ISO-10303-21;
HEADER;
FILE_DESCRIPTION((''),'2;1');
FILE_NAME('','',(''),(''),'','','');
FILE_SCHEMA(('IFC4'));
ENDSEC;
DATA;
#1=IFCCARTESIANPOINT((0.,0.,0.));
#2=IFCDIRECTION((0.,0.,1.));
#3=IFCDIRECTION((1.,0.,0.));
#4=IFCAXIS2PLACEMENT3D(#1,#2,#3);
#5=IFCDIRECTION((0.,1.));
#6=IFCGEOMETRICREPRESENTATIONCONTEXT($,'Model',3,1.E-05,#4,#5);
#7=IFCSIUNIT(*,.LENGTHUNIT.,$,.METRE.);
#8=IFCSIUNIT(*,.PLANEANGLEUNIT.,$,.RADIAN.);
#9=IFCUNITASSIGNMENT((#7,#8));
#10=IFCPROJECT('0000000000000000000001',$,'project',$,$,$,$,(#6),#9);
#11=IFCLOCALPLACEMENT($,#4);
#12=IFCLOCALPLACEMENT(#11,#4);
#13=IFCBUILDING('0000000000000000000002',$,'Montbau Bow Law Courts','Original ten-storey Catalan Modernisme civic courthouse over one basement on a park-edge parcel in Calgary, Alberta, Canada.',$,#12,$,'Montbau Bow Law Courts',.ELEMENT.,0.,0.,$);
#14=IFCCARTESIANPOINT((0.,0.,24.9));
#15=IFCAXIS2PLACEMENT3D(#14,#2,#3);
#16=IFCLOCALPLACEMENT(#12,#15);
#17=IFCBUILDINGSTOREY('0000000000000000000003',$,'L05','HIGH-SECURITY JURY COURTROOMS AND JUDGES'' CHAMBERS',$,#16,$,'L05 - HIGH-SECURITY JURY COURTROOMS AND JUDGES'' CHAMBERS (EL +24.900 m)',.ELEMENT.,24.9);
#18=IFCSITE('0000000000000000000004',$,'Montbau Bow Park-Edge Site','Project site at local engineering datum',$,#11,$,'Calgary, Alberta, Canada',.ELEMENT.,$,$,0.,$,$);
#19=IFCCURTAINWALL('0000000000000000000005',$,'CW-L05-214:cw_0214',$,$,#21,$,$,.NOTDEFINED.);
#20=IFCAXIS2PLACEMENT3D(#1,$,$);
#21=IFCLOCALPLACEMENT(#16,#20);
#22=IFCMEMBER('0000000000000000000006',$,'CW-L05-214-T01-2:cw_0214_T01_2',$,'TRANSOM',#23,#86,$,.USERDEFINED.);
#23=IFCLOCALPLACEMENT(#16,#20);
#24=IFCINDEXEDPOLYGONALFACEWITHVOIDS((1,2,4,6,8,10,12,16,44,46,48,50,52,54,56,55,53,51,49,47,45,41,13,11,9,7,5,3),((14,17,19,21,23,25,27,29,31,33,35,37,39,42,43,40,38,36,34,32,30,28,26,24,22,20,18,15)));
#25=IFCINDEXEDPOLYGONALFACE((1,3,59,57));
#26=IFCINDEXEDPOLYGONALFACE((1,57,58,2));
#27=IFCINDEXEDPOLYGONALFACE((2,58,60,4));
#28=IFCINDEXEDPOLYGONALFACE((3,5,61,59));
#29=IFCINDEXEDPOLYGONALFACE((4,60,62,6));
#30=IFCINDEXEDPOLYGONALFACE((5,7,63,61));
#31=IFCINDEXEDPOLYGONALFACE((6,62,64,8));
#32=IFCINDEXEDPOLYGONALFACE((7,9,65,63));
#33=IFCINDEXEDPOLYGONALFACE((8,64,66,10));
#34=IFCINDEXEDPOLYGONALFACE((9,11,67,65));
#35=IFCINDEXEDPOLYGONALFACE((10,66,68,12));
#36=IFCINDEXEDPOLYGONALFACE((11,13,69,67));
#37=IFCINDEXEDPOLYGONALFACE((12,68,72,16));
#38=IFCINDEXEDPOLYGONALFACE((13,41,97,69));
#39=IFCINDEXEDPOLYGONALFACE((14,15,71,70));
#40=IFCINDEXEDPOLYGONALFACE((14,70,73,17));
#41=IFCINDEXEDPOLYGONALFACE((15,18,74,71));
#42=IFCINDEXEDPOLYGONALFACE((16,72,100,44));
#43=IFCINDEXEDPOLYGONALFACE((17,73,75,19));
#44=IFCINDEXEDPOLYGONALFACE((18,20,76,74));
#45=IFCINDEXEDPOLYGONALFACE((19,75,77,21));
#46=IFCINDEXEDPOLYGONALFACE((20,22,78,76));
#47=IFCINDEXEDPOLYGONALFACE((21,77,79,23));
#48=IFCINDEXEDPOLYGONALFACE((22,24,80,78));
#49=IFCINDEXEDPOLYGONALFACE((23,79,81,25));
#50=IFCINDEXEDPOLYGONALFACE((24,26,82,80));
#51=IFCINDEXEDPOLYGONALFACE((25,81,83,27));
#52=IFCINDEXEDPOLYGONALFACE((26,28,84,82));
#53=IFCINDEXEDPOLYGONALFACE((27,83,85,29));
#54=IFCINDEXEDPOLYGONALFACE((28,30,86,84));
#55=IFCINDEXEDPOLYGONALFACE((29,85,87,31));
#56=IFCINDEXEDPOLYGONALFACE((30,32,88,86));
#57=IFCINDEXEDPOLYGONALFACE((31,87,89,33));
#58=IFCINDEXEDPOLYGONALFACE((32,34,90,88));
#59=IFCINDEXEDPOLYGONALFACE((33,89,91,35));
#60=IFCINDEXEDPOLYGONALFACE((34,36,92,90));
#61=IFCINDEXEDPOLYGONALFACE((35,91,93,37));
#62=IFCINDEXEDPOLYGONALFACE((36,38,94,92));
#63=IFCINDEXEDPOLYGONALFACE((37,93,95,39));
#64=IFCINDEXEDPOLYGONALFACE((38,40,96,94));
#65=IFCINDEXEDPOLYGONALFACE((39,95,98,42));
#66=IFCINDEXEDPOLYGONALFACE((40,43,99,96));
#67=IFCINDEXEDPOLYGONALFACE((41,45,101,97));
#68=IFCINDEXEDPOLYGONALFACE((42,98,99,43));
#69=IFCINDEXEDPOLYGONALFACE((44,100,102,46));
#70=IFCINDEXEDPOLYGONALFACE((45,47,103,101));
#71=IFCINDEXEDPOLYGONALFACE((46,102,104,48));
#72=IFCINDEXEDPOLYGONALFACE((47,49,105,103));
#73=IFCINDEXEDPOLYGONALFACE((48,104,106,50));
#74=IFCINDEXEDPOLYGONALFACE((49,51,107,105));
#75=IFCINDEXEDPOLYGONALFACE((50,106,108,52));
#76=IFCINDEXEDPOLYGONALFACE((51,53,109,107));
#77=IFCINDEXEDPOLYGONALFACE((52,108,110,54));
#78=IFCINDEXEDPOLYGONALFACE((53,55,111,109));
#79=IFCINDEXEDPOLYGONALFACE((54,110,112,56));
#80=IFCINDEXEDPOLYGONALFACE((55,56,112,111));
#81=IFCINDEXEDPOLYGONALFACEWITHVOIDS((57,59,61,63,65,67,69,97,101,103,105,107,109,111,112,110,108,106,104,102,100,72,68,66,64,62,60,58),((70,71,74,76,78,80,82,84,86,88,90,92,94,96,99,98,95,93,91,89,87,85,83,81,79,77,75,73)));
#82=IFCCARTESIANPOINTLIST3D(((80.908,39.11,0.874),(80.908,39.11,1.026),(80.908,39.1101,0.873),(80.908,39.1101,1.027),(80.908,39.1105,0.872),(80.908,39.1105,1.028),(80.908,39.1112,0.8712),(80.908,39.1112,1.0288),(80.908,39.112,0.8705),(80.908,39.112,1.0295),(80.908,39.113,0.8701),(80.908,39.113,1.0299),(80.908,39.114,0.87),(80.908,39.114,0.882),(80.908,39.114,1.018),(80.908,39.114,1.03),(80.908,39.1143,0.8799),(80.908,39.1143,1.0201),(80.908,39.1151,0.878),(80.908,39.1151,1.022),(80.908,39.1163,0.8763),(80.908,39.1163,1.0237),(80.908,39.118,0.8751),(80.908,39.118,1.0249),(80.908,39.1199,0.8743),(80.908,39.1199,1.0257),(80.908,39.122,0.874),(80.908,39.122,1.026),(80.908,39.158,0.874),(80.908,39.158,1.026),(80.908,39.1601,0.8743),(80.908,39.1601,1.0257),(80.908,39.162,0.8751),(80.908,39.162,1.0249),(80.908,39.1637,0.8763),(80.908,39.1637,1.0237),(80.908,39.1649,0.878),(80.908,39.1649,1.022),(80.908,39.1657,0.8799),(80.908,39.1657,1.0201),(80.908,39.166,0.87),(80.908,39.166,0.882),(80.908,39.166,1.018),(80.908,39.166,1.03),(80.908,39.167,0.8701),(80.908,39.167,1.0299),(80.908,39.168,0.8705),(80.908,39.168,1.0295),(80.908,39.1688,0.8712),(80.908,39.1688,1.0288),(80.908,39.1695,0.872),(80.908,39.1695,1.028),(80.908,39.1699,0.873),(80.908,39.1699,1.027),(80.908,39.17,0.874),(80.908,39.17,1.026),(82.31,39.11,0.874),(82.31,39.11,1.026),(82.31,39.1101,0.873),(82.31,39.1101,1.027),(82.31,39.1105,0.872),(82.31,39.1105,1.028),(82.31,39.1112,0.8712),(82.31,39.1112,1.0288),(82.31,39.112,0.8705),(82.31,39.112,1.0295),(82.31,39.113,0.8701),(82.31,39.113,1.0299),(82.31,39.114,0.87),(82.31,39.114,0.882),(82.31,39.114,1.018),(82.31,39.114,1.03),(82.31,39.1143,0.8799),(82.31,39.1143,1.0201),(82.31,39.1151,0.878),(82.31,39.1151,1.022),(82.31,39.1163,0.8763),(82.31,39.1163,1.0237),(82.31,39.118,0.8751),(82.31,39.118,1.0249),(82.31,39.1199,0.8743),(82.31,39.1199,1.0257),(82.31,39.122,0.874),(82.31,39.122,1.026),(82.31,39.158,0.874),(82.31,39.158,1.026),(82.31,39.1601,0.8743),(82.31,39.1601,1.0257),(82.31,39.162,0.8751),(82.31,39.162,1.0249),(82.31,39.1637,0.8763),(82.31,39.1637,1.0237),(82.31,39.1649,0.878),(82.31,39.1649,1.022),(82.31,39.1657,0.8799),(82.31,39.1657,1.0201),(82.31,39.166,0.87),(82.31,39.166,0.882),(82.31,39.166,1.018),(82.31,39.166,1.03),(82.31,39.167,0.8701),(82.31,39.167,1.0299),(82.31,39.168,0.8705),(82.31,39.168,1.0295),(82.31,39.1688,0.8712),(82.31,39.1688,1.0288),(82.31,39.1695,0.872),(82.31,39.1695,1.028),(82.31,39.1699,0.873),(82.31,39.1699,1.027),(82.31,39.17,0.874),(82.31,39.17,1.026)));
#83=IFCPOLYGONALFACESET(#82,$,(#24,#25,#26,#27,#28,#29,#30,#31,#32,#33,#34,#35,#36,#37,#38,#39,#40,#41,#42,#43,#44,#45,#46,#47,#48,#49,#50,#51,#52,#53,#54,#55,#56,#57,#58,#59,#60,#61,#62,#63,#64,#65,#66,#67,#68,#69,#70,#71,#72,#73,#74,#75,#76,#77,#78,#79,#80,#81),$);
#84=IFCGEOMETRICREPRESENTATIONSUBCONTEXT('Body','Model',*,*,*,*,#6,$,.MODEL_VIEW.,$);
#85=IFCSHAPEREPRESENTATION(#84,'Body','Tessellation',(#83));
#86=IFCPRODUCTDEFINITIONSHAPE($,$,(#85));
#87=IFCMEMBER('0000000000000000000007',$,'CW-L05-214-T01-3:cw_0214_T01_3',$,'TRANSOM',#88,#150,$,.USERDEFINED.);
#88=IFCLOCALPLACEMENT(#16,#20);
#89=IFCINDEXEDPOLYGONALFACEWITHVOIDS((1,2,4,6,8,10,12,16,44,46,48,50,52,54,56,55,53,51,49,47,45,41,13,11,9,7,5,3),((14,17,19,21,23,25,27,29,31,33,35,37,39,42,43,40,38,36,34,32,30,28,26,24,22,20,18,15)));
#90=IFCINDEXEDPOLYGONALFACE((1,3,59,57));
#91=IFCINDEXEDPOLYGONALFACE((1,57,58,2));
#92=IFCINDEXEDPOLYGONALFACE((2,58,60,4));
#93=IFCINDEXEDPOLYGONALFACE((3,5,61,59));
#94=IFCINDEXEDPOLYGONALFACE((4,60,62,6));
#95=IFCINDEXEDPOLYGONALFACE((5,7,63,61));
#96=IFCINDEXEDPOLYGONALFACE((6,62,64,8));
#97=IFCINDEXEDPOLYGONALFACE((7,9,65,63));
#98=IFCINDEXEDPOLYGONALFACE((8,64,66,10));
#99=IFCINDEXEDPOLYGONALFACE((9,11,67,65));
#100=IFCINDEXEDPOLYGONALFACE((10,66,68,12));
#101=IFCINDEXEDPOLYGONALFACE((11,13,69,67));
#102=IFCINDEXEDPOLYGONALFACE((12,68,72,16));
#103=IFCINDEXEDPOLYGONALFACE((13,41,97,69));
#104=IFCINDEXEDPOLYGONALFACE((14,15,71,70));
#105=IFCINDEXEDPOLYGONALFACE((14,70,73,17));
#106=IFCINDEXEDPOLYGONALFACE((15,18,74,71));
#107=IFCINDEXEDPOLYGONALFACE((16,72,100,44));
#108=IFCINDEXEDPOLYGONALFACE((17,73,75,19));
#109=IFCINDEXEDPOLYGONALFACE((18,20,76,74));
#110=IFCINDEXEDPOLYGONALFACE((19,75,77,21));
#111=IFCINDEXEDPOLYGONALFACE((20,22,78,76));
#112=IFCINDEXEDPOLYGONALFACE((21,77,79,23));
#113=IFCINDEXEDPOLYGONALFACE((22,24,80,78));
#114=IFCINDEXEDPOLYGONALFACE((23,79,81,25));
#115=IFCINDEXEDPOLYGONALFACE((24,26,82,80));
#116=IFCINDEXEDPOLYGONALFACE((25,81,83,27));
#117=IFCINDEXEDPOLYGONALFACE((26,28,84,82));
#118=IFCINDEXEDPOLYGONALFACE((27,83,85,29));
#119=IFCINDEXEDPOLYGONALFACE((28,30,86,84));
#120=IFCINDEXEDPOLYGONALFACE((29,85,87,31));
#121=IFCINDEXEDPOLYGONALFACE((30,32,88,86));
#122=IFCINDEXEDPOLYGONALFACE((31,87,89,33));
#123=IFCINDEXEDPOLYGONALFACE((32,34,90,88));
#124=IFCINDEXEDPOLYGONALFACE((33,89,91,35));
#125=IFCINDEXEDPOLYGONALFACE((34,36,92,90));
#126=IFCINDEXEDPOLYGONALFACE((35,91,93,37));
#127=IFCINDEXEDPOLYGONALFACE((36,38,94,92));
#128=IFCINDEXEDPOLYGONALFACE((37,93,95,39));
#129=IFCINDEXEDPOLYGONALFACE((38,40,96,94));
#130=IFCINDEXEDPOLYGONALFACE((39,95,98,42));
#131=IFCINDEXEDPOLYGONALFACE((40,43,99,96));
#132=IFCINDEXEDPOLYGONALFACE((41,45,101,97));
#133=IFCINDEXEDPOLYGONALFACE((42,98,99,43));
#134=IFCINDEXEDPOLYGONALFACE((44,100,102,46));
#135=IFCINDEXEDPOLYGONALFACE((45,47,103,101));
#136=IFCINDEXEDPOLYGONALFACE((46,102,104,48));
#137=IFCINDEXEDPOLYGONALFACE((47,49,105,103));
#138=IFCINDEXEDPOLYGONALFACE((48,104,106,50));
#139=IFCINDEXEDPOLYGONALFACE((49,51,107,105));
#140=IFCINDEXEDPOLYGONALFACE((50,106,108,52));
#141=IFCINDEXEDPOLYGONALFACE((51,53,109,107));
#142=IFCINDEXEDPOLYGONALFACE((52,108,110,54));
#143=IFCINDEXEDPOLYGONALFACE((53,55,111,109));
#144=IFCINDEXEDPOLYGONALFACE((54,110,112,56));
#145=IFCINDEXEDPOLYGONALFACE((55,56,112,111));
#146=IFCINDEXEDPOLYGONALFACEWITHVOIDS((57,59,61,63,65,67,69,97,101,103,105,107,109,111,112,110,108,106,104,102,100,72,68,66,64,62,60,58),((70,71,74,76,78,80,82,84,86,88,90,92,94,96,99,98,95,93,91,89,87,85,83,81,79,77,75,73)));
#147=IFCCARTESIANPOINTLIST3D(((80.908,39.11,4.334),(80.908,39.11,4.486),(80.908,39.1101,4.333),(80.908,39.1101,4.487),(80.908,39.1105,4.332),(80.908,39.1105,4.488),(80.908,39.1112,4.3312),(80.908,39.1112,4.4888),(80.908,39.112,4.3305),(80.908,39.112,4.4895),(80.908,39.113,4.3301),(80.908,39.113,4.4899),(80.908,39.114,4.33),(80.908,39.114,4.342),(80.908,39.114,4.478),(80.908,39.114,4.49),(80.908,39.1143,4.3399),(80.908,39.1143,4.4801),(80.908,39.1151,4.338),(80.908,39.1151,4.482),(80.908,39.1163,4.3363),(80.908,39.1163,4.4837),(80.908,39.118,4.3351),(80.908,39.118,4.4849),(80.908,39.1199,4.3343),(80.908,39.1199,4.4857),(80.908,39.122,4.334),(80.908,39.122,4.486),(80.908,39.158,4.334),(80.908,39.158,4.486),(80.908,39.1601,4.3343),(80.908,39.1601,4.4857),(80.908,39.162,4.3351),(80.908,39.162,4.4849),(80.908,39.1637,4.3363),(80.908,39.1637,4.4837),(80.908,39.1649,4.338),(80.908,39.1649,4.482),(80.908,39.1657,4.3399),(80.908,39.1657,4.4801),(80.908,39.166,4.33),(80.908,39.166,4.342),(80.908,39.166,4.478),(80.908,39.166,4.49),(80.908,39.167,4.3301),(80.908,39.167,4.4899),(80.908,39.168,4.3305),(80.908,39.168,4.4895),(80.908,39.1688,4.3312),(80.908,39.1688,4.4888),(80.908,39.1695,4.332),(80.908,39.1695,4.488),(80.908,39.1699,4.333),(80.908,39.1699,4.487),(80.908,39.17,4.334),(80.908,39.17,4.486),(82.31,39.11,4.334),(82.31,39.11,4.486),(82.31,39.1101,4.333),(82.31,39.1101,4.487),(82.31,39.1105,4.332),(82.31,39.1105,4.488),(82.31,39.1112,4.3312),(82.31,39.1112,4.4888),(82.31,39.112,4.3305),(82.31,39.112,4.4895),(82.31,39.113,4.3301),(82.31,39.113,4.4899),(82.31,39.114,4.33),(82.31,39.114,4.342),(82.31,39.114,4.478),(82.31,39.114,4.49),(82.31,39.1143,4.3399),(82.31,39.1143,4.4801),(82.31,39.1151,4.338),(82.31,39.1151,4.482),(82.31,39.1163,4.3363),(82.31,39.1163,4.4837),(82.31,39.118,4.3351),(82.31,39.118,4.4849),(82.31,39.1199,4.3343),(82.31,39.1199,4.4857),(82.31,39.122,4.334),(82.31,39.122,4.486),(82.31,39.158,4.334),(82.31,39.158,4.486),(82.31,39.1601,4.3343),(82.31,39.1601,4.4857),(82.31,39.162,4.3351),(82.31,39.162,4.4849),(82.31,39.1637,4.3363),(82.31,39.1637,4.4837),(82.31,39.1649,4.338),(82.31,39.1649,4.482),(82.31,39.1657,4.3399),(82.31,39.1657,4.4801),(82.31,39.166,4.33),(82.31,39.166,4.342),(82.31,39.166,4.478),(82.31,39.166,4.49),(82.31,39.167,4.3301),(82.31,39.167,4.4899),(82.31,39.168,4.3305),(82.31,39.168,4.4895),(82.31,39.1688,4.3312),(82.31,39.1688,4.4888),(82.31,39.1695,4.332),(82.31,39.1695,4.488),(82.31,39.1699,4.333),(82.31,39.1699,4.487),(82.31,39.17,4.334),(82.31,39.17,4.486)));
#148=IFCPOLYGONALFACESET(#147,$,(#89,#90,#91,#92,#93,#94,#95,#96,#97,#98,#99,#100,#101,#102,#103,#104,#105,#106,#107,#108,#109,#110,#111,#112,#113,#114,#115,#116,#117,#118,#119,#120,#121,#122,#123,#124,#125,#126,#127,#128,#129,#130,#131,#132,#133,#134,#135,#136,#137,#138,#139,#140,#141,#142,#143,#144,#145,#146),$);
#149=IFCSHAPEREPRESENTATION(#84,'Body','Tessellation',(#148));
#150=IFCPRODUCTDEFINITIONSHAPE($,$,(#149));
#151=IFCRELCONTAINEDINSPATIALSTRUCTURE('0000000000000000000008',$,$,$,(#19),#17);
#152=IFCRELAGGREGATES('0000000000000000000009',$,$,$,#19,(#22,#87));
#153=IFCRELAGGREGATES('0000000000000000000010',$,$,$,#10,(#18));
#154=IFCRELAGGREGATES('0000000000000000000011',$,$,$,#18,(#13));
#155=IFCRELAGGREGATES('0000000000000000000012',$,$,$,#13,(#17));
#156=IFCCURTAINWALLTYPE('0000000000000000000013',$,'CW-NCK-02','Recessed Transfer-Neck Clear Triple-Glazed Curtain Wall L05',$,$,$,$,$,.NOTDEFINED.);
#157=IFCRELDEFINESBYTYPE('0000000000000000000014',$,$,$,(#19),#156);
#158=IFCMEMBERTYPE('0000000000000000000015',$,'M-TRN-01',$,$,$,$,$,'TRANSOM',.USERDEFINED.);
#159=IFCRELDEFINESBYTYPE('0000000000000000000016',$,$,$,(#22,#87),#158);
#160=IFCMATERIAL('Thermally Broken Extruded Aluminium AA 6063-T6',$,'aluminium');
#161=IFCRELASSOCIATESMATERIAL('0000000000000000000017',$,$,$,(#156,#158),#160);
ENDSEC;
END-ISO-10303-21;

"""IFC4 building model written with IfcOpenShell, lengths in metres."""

from ifc_helpers import new_model, si_unit, direction, frame, origin_with_axes, origin_2d_with_axis, place, context, subcontext, project, spatial, hollow_rectangle, extrude, material, material_profile, profile_set, type_object, element, aggregate, save


model = new_model("IFC4")

# Units and contexts
model_context = context("Model", 3, precision=1e-05, world=origin_with_axes(), true_north=direction((0.0, 1.0)))
body_context = subcontext(model_context, "Body", "Model", "MODEL_VIEW")
ifc_project = project(units=[si_unit("LENGTHUNIT", "METRE"), si_unit("PLANEANGLEUNIT", "RADIAN")], contexts=[model_context])

# Site, building, storey
site_placement = place(None, origin_with_axes())
site = spatial("IfcSite", under=ifc_project, at=site_placement, Name="Montbau Bow Park-Edge Site", Description="Project site at local engineering datum", LongName="Calgary, Alberta, Canada", CompositionType="ELEMENT", RefElevation=0.0)
building_placement = place(site_placement, origin_with_axes())
building = spatial("IfcBuilding", under=site, at=building_placement, Name="Montbau Bow Law Courts", Description="Original ten-storey Catalan Modernisme civic courthouse over one basement on a park-edge parcel in Calgary, Alberta, Canada.", LongName="Montbau Bow Law Courts", CompositionType="ELEMENT", ElevationOfRefHeight=0.0, ElevationOfTerrain=0.0)
storey_placement = place(building_placement, frame((0.0, 0.0, 24.9), z_axis=(0.0, 0.0, 1.0), x_axis=(1.0, 0.0, 0.0)))
storey = spatial("IfcBuildingStorey", under=building, at=storey_placement, Name="L05", Description="HIGH-SECURITY JURY COURTROOMS AND JUDGES' CHAMBERS", LongName="L05 - HIGH-SECURITY JURY COURTROOMS AND JUDGES' CHAMBERS (EL +24.900 m)", CompositionType="ELEMENT", Elevation=24.9)

# Curtain wall, members
ifc_material_1 = material(Name="Thermally Broken Extruded Aluminium AA 6063-T6", Category="aluminium")
curtain_wall_type = type_object("IfcCurtainWallType", Name="CW-NCK-02", Description="Recessed Transfer-Neck Clear Triple-Glazed Curtain Wall L05", PredefinedType="NOTDEFINED", material=ifc_material_1)
curtain_wall_placement = place(None, frame((80.84, 39.14, 24.9), z_axis=(0.0, 0.0, 1.0), x_axis=(1.0, 0.0, 0.0)))
curtain_wall = element("IfcCurtainWall", 1, at=curtain_wall_placement, inside=storey, type_object=curtain_wall_type, Name="CW-L05-214:cw_0214", PredefinedType="NOTDEFINED")
ifc_material_profile_1 = material_profile(ifc_material_1, hollow_rectangle(XDim=0.06, YDim=0.16, WallThickness=0.004, InnerFilletRadius=0.008, OuterFilletRadius=0.004, at=origin_2d_with_axis()), Name="CWT-160X60", Category="Main", Priority=0)
ifc_profile_set_1 = profile_set([ifc_material_profile_1], Name="Thermally Broken Extruded Aluminium AA 6063-T6")
member_type_1 = type_object("IfcMemberType", Name="M-TRN-01", ElementType="TRANSOM", PredefinedType="USERDEFINED", material=ifc_profile_set_1)
member_1_placement = place(None, frame((80.908, 39.14, 25.85), z_axis=(1.0, 0.0, 0.0), x_axis=(0.0, 1.0, 0.0)))
member_1 = element("IfcMember", 2, at=member_1_placement, type_object=member_type_1, Name="CW-L05-214-T01-2:cw_0214_T01_2", ObjectType="TRANSOM", PredefinedType="USERDEFINED", context=body_context, shape_type="SweptSolid", body=[
    extrude(hollow_rectangle(XDim=0.06, YDim=0.16, WallThickness=0.004, InnerFilletRadius=0.008, OuterFilletRadius=0.004, at=origin_2d_with_axis()), origin_with_axes(), (0.0, 0.0, 1.0), 1.402),
])
member_2_placement = place(None, frame((80.908, 39.14, 29.31), z_axis=(1.0, 0.0, 0.0), x_axis=(0.0, 1.0, 0.0)))
member_2 = element("IfcMember", 3, at=member_2_placement, type_object=member_type_1, Name="CW-L05-214-T01-3:cw_0214_T01_3", ObjectType="TRANSOM", PredefinedType="USERDEFINED", context=body_context, shape_type="SweptSolid", body=[
    extrude(hollow_rectangle(XDim=0.06, YDim=0.16, WallThickness=0.004, InnerFilletRadius=0.008, OuterFilletRadius=0.004, at=origin_2d_with_axis()), origin_with_axes(), (0.0, 0.0, 1.0), 1.402),
])
aggregate(curtain_wall, [member_1, member_2])

save(model, "model.ifc")
